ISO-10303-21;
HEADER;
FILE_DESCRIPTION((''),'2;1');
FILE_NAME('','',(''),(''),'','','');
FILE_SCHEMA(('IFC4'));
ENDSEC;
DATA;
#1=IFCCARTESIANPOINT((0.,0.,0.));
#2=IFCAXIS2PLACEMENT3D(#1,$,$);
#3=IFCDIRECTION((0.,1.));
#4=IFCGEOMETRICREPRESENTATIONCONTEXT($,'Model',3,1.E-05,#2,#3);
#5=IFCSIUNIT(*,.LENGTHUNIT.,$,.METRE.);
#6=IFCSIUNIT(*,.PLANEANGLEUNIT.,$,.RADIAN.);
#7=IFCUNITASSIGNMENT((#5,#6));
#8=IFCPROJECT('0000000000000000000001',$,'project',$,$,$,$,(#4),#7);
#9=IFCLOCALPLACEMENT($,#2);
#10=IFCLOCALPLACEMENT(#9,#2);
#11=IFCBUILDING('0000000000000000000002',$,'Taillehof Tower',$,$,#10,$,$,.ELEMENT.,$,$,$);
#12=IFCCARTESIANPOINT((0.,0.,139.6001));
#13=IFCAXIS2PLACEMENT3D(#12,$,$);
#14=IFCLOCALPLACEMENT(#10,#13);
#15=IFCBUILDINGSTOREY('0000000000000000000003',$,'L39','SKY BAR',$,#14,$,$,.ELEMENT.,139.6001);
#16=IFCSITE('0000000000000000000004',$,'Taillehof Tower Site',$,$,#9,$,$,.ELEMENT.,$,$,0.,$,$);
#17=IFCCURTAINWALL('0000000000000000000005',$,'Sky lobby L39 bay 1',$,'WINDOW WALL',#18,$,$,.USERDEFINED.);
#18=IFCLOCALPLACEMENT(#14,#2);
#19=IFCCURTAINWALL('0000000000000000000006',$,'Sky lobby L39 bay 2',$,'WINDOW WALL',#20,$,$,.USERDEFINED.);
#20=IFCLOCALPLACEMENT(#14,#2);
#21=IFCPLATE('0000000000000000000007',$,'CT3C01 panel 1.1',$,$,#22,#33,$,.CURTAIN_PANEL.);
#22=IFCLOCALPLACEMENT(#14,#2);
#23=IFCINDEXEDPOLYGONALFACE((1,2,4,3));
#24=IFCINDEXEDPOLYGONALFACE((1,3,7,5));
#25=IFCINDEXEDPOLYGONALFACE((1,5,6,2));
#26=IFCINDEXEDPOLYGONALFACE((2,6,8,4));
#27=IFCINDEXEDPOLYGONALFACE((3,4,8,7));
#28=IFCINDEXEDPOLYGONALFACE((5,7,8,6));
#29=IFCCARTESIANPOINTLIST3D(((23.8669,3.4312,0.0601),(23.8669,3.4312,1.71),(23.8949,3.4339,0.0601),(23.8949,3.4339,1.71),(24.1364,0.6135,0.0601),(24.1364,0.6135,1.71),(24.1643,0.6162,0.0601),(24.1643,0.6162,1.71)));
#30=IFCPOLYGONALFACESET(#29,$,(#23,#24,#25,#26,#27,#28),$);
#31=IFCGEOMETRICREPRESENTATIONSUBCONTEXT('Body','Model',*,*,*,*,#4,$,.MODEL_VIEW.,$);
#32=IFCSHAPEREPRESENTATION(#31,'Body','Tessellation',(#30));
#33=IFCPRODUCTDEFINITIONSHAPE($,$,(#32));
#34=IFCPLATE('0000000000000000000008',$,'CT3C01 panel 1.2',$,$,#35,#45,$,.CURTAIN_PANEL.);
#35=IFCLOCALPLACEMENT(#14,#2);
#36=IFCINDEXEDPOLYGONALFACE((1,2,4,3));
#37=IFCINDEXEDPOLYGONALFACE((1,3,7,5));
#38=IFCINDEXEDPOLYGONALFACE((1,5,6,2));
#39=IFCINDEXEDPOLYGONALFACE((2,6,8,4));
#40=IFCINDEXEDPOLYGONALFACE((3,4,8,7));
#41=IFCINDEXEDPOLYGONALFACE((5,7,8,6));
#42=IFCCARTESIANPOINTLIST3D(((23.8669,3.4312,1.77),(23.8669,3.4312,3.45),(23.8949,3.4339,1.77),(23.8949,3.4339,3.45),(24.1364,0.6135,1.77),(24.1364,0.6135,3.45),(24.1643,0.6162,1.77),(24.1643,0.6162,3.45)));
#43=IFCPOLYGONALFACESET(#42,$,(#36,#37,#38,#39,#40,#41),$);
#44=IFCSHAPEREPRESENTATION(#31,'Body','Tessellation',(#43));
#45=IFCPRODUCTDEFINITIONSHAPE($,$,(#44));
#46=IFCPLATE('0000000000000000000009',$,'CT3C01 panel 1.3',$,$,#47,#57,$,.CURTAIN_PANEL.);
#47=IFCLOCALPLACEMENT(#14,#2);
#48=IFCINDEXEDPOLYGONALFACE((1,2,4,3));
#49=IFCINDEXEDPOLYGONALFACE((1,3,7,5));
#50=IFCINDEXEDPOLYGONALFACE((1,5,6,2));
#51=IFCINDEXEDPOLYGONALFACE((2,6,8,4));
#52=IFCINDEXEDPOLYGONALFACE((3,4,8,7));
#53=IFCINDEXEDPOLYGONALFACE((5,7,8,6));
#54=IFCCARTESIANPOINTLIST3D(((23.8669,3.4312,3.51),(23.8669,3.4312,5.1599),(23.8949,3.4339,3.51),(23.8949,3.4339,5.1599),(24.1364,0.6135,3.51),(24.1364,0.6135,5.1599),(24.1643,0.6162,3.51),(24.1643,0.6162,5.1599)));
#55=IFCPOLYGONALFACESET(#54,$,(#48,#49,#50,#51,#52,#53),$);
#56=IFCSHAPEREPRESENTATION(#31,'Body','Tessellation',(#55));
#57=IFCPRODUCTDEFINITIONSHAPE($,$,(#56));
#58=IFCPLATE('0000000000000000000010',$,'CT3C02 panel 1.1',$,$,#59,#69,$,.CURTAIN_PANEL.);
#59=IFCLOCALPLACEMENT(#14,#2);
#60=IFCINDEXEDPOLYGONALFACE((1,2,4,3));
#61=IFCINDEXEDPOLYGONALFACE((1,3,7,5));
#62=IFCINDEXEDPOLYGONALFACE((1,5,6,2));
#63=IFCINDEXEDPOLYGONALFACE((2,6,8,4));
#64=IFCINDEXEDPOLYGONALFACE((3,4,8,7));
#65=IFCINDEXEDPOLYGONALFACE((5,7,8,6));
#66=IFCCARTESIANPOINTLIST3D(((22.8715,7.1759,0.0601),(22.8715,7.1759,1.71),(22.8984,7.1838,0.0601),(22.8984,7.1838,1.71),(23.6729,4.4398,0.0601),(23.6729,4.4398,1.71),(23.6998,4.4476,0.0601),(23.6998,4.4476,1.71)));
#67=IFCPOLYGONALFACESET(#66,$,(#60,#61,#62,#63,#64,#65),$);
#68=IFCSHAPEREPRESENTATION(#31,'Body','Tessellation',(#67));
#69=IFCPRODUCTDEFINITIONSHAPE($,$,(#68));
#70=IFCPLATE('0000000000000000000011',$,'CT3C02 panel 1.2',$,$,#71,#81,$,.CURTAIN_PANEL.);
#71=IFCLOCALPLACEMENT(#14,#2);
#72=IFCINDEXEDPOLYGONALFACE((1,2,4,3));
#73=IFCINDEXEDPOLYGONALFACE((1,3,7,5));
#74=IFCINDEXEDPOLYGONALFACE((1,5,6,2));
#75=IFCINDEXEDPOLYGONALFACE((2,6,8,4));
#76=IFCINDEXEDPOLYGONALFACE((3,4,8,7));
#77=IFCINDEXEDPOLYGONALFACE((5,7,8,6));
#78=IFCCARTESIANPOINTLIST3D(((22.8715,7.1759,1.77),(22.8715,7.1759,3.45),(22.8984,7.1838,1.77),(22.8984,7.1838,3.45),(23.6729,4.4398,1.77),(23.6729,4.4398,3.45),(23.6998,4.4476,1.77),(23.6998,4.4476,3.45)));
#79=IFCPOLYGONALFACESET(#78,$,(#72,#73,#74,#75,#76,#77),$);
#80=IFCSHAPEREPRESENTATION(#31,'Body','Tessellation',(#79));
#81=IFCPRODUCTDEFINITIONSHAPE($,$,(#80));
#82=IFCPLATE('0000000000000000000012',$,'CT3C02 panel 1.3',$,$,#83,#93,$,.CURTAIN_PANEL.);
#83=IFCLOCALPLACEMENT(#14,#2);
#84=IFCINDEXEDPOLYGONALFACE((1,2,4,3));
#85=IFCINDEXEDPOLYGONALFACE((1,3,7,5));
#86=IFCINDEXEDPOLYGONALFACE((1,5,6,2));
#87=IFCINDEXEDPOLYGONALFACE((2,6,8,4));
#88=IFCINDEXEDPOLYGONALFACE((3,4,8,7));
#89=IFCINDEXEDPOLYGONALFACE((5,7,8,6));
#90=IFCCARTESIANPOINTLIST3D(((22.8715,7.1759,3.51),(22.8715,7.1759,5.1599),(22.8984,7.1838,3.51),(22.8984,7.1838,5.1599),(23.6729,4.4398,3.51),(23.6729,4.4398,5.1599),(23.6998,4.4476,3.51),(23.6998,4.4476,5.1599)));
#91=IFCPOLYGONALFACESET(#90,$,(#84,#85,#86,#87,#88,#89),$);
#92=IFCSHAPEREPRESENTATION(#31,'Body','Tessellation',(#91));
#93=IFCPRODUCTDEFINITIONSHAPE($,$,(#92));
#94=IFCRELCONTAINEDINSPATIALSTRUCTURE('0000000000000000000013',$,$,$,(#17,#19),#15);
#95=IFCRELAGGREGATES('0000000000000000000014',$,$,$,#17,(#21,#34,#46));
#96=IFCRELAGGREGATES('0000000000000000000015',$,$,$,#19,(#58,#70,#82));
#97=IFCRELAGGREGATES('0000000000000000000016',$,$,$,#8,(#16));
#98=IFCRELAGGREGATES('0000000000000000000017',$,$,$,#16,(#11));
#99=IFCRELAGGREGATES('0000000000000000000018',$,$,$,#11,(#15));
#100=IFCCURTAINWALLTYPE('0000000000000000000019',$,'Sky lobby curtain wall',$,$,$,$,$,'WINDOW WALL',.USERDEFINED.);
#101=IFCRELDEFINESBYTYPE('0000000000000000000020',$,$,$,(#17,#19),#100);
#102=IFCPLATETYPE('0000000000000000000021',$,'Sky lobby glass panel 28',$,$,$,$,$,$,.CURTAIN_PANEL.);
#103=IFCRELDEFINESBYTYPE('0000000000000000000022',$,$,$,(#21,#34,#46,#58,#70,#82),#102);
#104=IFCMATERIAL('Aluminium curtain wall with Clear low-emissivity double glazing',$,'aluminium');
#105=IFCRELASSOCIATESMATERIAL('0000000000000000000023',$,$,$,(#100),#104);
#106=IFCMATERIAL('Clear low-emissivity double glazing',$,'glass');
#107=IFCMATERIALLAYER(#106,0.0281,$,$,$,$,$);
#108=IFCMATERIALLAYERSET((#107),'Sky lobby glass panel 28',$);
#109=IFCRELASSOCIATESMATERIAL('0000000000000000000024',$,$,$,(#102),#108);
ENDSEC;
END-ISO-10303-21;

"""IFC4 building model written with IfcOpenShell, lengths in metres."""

from ifc_helpers import new_model, si_unit, direction, frame, origin, origin_2d, place, context, subcontext, project, spatial, rectangle, extrude, material, layer, layer_set, type_object, element, aggregate, save


model = new_model("IFC4")

# Units and contexts
model_context = context("Model", 3, precision=1e-05, world=origin(), true_north=direction((0.0, 1.0)))
body_context = subcontext(model_context, "Body", "Model", "MODEL_VIEW")
ifc_project = project(units=[si_unit("LENGTHUNIT", "METRE"), si_unit("PLANEANGLEUNIT", "RADIAN")], contexts=[model_context])

# Site, building, storey
site_placement = place(None, origin())
site = spatial("IfcSite", under=ifc_project, at=site_placement, Name="Taillehof Tower Site", CompositionType="ELEMENT", RefElevation=0.0)
building_placement = place(site_placement, origin())
building = spatial("IfcBuilding", under=site, at=building_placement, Name="Taillehof Tower", CompositionType="ELEMENT")
storey_placement = place(building_placement, frame((0.0, 0.0, 139.6001)))
storey = spatial("IfcBuildingStorey", under=building, at=storey_placement, Name="L39", Description="SKY BAR", CompositionType="ELEMENT", Elevation=139.6001)

# Curtain wall
ifc_material_1 = material(Name="Aluminium curtain wall with Clear low-emissivity double glazing", Category="aluminium")
curtain_wall_type = type_object("IfcCurtainWallType", Name="Sky lobby curtain wall", ElementType="WINDOW WALL", PredefinedType="USERDEFINED", material=ifc_material_1)
curtain_wall_1_placement = place(storey_placement, origin())
curtain_wall_1 = element("IfcCurtainWall", 1, at=curtain_wall_1_placement, inside=storey, type_object=curtain_wall_type, Name="Sky lobby L39 bay 1", ObjectType="WINDOW WALL", PredefinedType="USERDEFINED")

# Curtain wall
curtain_wall_2_placement = place(storey_placement, origin())
curtain_wall_2 = element("IfcCurtainWall", 2, at=curtain_wall_2_placement, inside=storey, type_object=curtain_wall_type, Name="Sky lobby L39 bay 2", ObjectType="WINDOW WALL", PredefinedType="USERDEFINED")

# Plates
ifc_material_2 = material(Name="Clear low-emissivity double glazing", Category="glass")
ifc_layer = layer(ifc_material_2, 0.0281)
ifc_layer_set = layer_set([ifc_layer], Name="Sky lobby glass panel 28")
plate_type = type_object("IfcPlateType", Name="Sky lobby glass panel 28", PredefinedType="CURTAIN_PANEL", material=ifc_layer_set)
plate_1_placement = place(storey_placement, frame((24.0156, 2.0237, 0.0601), z_axis=(0.0, 0.0, 1.0), x_axis=(-0.095197, 0.995458, 0.0)))
plate_1 = element("IfcPlate", 3, at=plate_1_placement, type_object=plate_type, Name="CT3C01 panel 1.1", PredefinedType="CURTAIN_PANEL", context=body_context, shape_type="SweptSolid", body=[
    extrude(rectangle(XDim=2.8306, YDim=0.0281, at=origin_2d()), origin(), (0.0, 0.0, 1.0), 1.6499),
])
plate_2_placement = place(storey_placement, frame((24.0156, 2.0237, 1.77), z_axis=(0.0, 0.0, 1.0), x_axis=(-0.095197, 0.995458, 0.0)))
plate_2 = element("IfcPlate", 4, at=plate_2_placement, type_object=plate_type, Name="CT3C01 panel 1.2", PredefinedType="CURTAIN_PANEL", context=body_context, shape_type="SweptSolid", body=[
    extrude(rectangle(XDim=2.8306, YDim=0.0281, at=origin_2d()), origin(), (0.0, 0.0, 1.0), 1.6799),
])
plate_3_placement = place(storey_placement, frame((24.0156, 2.0237, 3.51), z_axis=(0.0, 0.0, 1.0), x_axis=(-0.095197, 0.995458, 0.0)))
plate_3 = element("IfcPlate", 5, at=plate_3_placement, type_object=plate_type, Name="CT3C01 panel 1.3", PredefinedType="CURTAIN_PANEL", context=body_context, shape_type="SweptSolid", body=[
    extrude(rectangle(XDim=2.8306, YDim=0.0281, at=origin_2d()), origin(), (0.0, 0.0, 1.0), 1.6499),
])
aggregate(curtain_wall_1, [plate_1, plate_2, plate_3])
plate_4_placement = place(storey_placement, frame((23.2856, 5.8118, 0.0601), z_axis=(0.0, 0.0, 1.0), x_axis=(-0.28108, 0.959684, 0.0)))
plate_4 = element("IfcPlate", 6, at=plate_4_placement, type_object=plate_type, Name="CT3C02 panel 1.1", PredefinedType="CURTAIN_PANEL", context=body_context, shape_type="SweptSolid", body=[
    extrude(rectangle(XDim=2.8511, YDim=0.0281, at=origin_2d()), origin(), (0.0, 0.0, 1.0), 1.6499),
])
plate_5_placement = place(storey_placement, frame((23.2856, 5.8118, 1.77), z_axis=(0.0, 0.0, 1.0), x_axis=(-0.28108, 0.959684, 0.0)))
plate_5 = element("IfcPlate", 7, at=plate_5_placement, type_object=plate_type, Name="CT3C02 panel 1.2", PredefinedType="CURTAIN_PANEL", context=body_context, shape_type="SweptSolid", body=[
    extrude(rectangle(XDim=2.8511, YDim=0.0281, at=origin_2d()), origin(), (0.0, 0.0, 1.0), 1.6799),
])
plate_6_placement = place(storey_placement, frame((23.2856, 5.8118, 3.51), z_axis=(0.0, 0.0, 1.0), x_axis=(-0.28108, 0.959684, 0.0)))
plate_6 = element("IfcPlate", 8, at=plate_6_placement, type_object=plate_type, Name="CT3C02 panel 1.3", PredefinedType="CURTAIN_PANEL", context=body_context, shape_type="SweptSolid", body=[
    extrude(rectangle(XDim=2.8511, YDim=0.0281, at=origin_2d()), origin(), (0.0, 0.0, 1.0), 1.6499),
])
aggregate(curtain_wall_2, [plate_4, plate_5, plate_6])

save(model, "model.ifc")
